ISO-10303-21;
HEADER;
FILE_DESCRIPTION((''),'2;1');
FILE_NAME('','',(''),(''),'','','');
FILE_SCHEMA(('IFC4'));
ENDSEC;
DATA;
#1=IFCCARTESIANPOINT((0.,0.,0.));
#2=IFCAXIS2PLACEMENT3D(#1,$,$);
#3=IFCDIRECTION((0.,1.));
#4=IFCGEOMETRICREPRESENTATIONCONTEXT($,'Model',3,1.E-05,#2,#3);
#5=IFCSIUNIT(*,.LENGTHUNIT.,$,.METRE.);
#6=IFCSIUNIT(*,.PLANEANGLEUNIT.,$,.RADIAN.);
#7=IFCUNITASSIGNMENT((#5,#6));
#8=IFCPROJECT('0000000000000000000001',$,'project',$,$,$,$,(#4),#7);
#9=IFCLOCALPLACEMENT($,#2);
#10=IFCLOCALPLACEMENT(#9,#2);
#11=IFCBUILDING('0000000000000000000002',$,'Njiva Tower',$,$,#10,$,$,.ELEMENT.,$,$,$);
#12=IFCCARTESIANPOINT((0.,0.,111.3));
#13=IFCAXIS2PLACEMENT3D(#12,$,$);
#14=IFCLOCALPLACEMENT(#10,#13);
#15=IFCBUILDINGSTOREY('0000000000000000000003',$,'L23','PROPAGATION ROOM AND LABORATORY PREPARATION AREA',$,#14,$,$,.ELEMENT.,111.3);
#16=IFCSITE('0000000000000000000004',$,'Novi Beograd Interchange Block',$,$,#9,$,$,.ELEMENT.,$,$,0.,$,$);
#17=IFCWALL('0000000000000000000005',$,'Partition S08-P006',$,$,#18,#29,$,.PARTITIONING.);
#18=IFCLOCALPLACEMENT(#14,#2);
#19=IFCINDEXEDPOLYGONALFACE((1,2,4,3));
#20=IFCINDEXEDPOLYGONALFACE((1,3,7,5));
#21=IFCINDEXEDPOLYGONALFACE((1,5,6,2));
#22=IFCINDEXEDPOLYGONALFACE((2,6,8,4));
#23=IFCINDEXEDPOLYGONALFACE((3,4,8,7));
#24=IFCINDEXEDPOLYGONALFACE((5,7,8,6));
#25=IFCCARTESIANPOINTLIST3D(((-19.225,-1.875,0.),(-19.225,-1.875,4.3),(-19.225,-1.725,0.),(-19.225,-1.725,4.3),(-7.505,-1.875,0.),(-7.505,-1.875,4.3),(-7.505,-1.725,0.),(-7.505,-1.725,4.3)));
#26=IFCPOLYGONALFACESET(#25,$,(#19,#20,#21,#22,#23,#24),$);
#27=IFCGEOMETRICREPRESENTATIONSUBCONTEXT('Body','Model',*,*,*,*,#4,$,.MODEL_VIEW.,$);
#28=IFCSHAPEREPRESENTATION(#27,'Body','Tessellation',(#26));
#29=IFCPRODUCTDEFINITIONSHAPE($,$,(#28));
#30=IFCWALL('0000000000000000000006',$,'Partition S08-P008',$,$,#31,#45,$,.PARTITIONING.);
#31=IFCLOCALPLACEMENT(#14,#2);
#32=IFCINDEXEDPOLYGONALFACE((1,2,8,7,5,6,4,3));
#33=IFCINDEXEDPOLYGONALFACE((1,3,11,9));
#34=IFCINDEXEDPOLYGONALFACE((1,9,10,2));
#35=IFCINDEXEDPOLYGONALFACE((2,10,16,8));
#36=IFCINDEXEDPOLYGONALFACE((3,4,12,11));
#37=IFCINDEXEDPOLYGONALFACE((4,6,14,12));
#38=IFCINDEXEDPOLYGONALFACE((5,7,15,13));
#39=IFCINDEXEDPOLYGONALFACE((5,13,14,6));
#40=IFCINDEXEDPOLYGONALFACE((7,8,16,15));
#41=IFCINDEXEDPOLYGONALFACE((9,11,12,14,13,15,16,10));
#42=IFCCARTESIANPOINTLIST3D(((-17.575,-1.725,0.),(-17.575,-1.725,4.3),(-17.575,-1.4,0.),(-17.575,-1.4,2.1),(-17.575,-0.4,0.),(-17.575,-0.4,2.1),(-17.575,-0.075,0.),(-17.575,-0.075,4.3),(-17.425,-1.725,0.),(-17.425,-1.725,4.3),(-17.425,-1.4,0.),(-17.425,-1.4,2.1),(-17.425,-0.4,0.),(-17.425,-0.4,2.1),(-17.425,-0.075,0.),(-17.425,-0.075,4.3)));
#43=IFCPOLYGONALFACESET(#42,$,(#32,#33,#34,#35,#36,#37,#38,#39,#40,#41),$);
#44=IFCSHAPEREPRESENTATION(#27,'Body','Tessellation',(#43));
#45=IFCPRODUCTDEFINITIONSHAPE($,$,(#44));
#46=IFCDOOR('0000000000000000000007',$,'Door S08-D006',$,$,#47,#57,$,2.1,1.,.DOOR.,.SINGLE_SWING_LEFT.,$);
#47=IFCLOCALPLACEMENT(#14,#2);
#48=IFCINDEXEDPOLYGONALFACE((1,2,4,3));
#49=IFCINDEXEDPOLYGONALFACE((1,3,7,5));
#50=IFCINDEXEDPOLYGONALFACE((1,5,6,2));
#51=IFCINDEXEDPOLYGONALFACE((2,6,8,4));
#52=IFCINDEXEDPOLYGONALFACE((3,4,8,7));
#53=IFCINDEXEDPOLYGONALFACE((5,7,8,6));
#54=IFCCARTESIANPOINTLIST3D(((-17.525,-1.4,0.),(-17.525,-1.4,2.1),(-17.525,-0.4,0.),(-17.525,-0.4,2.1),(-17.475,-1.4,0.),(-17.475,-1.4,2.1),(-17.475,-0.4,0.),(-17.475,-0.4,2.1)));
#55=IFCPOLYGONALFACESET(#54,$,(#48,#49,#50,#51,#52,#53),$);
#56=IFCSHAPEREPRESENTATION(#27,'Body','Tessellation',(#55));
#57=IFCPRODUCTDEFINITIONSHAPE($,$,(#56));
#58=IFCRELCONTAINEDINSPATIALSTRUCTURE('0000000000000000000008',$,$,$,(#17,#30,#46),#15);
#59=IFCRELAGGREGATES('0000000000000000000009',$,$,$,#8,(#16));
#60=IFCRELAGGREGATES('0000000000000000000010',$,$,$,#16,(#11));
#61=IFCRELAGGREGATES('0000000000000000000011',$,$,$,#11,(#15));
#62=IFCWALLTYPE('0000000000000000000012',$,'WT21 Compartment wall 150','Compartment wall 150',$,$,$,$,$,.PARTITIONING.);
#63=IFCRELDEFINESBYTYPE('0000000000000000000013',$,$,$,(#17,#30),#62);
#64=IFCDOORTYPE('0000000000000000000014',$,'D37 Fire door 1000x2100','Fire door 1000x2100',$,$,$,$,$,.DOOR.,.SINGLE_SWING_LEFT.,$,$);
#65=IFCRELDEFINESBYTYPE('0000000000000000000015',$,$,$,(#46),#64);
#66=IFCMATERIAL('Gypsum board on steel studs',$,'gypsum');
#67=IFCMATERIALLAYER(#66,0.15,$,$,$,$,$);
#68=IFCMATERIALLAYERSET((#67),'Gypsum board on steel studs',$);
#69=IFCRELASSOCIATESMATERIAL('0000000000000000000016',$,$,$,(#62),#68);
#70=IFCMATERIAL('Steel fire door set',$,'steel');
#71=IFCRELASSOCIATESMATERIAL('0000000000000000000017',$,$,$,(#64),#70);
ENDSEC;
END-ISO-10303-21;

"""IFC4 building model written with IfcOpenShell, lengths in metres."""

from ifc_helpers import new_model, si_unit, direction, frame, frame_2d, origin, place, context, subcontext, project, spatial, rectangle, extrude, material, layer, layer_set, type_object, element, fill, save


model = new_model("IFC4")

# Units and contexts
model_context = context("Model", 3, precision=1e-05, world=origin(), true_north=direction((0.0, 1.0)))
body_context = subcontext(model_context, "Body", "Model", "MODEL_VIEW")
ifc_project = project(units=[si_unit("LENGTHUNIT", "METRE"), si_unit("PLANEANGLEUNIT", "RADIAN")], contexts=[model_context])

# Site, building, storey
site_placement = place(None, origin())
site = spatial("IfcSite", under=ifc_project, at=site_placement, Name="Novi Beograd Interchange Block", CompositionType="ELEMENT", RefElevation=0.0)
building_placement = place(site_placement, origin())
building = spatial("IfcBuilding", under=site, at=building_placement, Name="Njiva Tower", CompositionType="ELEMENT")
storey_placement = place(building_placement, frame((0.0, 0.0, 111.3)))
storey = spatial("IfcBuildingStorey", under=building, at=storey_placement, Name="L23", Description="PROPAGATION ROOM AND LABORATORY PREPARATION AREA", CompositionType="ELEMENT", Elevation=111.3)

# Shared definitions
ifc_material_1 = material(Name="Gypsum board on steel studs", Category="gypsum")
ifc_layer = layer(ifc_material_1, 0.15)
ifc_layer_set = layer_set([ifc_layer], Name="Gypsum board on steel studs")
wall_type = type_object("IfcWallType", Name="WT21 Compartment wall 150", Description="Compartment wall 150", PredefinedType="PARTITIONING", material=ifc_layer_set)
ifc_material_2 = material(Name="Steel fire door set", Category="steel")
door_type = type_object("IfcDoorType", Name="D37 Fire door 1000x2100", Description="Fire door 1000x2100", OperationType="SINGLE_SWING_LEFT", PredefinedType="DOOR", material=ifc_material_2)

# Wall
wall_1_placement = place(storey_placement, frame((-19.225, -1.8, 0.0), z_axis=(0.0, 0.0, 1.0), x_axis=(1.0, 0.0, 0.0)))
element("IfcWall", 1, at=wall_1_placement, inside=storey, type_object=wall_type, Name="Partition S08-P006", PredefinedType="PARTITIONING", context=body_context, shape_type="SweptSolid", body=[
    extrude(rectangle(XDim=11.72, YDim=0.15, at=frame_2d((5.86, 0.0))), origin(), (0.0, 0.0, 1.0), 4.3),
])

# Wall, opening, door
wall_2_placement = place(storey_placement, frame((-17.5, -1.725, 0.0), z_axis=(0.0, 0.0, 1.0), x_axis=(0.0, 1.0, 0.0)))
wall_2 = element("IfcWall", 2, at=wall_2_placement, inside=storey, type_object=wall_type, Name="Partition S08-P008", PredefinedType="PARTITIONING", context=body_context, shape_type="SweptSolid", body=[
    extrude(rectangle(XDim=1.65, YDim=0.15, at=frame_2d((0.825, 0.0))), origin(), (0.0, 0.0, 1.0), 4.3),
])
opening_1_placement = place(wall_2_placement, frame((0.325, 0.0, 0.0)))
opening_1 = element("IfcOpeningElement", 3, at=opening_1_placement, cuts=wall_2, PredefinedType="OPENING", context=body_context, shape_type="SweptSolid", body=[
    extrude(rectangle(XDim=1.0, YDim=2.1, at=frame_2d((0.5, 1.05))), frame((0.0, 0.085, 0.0), z_axis=(0.0, -1.0, 0.0), x_axis=(1.0, 0.0, 0.0)), (0.0, 0.0, 1.0), 0.17),
])
door_1_placement = place(opening_1_placement, origin())
door_1 = element("IfcDoor", 4, at=door_1_placement, inside=storey, type_object=door_type, Name="Door S08-D006", OperationType="SINGLE_SWING_LEFT", OverallHeight=2.1, OverallWidth=1.0, PredefinedType="DOOR", context=body_context, shape_type="SweptSolid", body=[
    extrude(rectangle(XDim=1.0, YDim=2.1, at=frame_2d((0.5, 1.05))), frame((0.0, 0.025, 0.0), z_axis=(0.0, -1.0, 0.0), x_axis=(1.0, 0.0, 0.0)), (0.0, 0.0, 1.0), 0.05),
])
fill(opening_1, door_1)

save(model, "model.ifc")
